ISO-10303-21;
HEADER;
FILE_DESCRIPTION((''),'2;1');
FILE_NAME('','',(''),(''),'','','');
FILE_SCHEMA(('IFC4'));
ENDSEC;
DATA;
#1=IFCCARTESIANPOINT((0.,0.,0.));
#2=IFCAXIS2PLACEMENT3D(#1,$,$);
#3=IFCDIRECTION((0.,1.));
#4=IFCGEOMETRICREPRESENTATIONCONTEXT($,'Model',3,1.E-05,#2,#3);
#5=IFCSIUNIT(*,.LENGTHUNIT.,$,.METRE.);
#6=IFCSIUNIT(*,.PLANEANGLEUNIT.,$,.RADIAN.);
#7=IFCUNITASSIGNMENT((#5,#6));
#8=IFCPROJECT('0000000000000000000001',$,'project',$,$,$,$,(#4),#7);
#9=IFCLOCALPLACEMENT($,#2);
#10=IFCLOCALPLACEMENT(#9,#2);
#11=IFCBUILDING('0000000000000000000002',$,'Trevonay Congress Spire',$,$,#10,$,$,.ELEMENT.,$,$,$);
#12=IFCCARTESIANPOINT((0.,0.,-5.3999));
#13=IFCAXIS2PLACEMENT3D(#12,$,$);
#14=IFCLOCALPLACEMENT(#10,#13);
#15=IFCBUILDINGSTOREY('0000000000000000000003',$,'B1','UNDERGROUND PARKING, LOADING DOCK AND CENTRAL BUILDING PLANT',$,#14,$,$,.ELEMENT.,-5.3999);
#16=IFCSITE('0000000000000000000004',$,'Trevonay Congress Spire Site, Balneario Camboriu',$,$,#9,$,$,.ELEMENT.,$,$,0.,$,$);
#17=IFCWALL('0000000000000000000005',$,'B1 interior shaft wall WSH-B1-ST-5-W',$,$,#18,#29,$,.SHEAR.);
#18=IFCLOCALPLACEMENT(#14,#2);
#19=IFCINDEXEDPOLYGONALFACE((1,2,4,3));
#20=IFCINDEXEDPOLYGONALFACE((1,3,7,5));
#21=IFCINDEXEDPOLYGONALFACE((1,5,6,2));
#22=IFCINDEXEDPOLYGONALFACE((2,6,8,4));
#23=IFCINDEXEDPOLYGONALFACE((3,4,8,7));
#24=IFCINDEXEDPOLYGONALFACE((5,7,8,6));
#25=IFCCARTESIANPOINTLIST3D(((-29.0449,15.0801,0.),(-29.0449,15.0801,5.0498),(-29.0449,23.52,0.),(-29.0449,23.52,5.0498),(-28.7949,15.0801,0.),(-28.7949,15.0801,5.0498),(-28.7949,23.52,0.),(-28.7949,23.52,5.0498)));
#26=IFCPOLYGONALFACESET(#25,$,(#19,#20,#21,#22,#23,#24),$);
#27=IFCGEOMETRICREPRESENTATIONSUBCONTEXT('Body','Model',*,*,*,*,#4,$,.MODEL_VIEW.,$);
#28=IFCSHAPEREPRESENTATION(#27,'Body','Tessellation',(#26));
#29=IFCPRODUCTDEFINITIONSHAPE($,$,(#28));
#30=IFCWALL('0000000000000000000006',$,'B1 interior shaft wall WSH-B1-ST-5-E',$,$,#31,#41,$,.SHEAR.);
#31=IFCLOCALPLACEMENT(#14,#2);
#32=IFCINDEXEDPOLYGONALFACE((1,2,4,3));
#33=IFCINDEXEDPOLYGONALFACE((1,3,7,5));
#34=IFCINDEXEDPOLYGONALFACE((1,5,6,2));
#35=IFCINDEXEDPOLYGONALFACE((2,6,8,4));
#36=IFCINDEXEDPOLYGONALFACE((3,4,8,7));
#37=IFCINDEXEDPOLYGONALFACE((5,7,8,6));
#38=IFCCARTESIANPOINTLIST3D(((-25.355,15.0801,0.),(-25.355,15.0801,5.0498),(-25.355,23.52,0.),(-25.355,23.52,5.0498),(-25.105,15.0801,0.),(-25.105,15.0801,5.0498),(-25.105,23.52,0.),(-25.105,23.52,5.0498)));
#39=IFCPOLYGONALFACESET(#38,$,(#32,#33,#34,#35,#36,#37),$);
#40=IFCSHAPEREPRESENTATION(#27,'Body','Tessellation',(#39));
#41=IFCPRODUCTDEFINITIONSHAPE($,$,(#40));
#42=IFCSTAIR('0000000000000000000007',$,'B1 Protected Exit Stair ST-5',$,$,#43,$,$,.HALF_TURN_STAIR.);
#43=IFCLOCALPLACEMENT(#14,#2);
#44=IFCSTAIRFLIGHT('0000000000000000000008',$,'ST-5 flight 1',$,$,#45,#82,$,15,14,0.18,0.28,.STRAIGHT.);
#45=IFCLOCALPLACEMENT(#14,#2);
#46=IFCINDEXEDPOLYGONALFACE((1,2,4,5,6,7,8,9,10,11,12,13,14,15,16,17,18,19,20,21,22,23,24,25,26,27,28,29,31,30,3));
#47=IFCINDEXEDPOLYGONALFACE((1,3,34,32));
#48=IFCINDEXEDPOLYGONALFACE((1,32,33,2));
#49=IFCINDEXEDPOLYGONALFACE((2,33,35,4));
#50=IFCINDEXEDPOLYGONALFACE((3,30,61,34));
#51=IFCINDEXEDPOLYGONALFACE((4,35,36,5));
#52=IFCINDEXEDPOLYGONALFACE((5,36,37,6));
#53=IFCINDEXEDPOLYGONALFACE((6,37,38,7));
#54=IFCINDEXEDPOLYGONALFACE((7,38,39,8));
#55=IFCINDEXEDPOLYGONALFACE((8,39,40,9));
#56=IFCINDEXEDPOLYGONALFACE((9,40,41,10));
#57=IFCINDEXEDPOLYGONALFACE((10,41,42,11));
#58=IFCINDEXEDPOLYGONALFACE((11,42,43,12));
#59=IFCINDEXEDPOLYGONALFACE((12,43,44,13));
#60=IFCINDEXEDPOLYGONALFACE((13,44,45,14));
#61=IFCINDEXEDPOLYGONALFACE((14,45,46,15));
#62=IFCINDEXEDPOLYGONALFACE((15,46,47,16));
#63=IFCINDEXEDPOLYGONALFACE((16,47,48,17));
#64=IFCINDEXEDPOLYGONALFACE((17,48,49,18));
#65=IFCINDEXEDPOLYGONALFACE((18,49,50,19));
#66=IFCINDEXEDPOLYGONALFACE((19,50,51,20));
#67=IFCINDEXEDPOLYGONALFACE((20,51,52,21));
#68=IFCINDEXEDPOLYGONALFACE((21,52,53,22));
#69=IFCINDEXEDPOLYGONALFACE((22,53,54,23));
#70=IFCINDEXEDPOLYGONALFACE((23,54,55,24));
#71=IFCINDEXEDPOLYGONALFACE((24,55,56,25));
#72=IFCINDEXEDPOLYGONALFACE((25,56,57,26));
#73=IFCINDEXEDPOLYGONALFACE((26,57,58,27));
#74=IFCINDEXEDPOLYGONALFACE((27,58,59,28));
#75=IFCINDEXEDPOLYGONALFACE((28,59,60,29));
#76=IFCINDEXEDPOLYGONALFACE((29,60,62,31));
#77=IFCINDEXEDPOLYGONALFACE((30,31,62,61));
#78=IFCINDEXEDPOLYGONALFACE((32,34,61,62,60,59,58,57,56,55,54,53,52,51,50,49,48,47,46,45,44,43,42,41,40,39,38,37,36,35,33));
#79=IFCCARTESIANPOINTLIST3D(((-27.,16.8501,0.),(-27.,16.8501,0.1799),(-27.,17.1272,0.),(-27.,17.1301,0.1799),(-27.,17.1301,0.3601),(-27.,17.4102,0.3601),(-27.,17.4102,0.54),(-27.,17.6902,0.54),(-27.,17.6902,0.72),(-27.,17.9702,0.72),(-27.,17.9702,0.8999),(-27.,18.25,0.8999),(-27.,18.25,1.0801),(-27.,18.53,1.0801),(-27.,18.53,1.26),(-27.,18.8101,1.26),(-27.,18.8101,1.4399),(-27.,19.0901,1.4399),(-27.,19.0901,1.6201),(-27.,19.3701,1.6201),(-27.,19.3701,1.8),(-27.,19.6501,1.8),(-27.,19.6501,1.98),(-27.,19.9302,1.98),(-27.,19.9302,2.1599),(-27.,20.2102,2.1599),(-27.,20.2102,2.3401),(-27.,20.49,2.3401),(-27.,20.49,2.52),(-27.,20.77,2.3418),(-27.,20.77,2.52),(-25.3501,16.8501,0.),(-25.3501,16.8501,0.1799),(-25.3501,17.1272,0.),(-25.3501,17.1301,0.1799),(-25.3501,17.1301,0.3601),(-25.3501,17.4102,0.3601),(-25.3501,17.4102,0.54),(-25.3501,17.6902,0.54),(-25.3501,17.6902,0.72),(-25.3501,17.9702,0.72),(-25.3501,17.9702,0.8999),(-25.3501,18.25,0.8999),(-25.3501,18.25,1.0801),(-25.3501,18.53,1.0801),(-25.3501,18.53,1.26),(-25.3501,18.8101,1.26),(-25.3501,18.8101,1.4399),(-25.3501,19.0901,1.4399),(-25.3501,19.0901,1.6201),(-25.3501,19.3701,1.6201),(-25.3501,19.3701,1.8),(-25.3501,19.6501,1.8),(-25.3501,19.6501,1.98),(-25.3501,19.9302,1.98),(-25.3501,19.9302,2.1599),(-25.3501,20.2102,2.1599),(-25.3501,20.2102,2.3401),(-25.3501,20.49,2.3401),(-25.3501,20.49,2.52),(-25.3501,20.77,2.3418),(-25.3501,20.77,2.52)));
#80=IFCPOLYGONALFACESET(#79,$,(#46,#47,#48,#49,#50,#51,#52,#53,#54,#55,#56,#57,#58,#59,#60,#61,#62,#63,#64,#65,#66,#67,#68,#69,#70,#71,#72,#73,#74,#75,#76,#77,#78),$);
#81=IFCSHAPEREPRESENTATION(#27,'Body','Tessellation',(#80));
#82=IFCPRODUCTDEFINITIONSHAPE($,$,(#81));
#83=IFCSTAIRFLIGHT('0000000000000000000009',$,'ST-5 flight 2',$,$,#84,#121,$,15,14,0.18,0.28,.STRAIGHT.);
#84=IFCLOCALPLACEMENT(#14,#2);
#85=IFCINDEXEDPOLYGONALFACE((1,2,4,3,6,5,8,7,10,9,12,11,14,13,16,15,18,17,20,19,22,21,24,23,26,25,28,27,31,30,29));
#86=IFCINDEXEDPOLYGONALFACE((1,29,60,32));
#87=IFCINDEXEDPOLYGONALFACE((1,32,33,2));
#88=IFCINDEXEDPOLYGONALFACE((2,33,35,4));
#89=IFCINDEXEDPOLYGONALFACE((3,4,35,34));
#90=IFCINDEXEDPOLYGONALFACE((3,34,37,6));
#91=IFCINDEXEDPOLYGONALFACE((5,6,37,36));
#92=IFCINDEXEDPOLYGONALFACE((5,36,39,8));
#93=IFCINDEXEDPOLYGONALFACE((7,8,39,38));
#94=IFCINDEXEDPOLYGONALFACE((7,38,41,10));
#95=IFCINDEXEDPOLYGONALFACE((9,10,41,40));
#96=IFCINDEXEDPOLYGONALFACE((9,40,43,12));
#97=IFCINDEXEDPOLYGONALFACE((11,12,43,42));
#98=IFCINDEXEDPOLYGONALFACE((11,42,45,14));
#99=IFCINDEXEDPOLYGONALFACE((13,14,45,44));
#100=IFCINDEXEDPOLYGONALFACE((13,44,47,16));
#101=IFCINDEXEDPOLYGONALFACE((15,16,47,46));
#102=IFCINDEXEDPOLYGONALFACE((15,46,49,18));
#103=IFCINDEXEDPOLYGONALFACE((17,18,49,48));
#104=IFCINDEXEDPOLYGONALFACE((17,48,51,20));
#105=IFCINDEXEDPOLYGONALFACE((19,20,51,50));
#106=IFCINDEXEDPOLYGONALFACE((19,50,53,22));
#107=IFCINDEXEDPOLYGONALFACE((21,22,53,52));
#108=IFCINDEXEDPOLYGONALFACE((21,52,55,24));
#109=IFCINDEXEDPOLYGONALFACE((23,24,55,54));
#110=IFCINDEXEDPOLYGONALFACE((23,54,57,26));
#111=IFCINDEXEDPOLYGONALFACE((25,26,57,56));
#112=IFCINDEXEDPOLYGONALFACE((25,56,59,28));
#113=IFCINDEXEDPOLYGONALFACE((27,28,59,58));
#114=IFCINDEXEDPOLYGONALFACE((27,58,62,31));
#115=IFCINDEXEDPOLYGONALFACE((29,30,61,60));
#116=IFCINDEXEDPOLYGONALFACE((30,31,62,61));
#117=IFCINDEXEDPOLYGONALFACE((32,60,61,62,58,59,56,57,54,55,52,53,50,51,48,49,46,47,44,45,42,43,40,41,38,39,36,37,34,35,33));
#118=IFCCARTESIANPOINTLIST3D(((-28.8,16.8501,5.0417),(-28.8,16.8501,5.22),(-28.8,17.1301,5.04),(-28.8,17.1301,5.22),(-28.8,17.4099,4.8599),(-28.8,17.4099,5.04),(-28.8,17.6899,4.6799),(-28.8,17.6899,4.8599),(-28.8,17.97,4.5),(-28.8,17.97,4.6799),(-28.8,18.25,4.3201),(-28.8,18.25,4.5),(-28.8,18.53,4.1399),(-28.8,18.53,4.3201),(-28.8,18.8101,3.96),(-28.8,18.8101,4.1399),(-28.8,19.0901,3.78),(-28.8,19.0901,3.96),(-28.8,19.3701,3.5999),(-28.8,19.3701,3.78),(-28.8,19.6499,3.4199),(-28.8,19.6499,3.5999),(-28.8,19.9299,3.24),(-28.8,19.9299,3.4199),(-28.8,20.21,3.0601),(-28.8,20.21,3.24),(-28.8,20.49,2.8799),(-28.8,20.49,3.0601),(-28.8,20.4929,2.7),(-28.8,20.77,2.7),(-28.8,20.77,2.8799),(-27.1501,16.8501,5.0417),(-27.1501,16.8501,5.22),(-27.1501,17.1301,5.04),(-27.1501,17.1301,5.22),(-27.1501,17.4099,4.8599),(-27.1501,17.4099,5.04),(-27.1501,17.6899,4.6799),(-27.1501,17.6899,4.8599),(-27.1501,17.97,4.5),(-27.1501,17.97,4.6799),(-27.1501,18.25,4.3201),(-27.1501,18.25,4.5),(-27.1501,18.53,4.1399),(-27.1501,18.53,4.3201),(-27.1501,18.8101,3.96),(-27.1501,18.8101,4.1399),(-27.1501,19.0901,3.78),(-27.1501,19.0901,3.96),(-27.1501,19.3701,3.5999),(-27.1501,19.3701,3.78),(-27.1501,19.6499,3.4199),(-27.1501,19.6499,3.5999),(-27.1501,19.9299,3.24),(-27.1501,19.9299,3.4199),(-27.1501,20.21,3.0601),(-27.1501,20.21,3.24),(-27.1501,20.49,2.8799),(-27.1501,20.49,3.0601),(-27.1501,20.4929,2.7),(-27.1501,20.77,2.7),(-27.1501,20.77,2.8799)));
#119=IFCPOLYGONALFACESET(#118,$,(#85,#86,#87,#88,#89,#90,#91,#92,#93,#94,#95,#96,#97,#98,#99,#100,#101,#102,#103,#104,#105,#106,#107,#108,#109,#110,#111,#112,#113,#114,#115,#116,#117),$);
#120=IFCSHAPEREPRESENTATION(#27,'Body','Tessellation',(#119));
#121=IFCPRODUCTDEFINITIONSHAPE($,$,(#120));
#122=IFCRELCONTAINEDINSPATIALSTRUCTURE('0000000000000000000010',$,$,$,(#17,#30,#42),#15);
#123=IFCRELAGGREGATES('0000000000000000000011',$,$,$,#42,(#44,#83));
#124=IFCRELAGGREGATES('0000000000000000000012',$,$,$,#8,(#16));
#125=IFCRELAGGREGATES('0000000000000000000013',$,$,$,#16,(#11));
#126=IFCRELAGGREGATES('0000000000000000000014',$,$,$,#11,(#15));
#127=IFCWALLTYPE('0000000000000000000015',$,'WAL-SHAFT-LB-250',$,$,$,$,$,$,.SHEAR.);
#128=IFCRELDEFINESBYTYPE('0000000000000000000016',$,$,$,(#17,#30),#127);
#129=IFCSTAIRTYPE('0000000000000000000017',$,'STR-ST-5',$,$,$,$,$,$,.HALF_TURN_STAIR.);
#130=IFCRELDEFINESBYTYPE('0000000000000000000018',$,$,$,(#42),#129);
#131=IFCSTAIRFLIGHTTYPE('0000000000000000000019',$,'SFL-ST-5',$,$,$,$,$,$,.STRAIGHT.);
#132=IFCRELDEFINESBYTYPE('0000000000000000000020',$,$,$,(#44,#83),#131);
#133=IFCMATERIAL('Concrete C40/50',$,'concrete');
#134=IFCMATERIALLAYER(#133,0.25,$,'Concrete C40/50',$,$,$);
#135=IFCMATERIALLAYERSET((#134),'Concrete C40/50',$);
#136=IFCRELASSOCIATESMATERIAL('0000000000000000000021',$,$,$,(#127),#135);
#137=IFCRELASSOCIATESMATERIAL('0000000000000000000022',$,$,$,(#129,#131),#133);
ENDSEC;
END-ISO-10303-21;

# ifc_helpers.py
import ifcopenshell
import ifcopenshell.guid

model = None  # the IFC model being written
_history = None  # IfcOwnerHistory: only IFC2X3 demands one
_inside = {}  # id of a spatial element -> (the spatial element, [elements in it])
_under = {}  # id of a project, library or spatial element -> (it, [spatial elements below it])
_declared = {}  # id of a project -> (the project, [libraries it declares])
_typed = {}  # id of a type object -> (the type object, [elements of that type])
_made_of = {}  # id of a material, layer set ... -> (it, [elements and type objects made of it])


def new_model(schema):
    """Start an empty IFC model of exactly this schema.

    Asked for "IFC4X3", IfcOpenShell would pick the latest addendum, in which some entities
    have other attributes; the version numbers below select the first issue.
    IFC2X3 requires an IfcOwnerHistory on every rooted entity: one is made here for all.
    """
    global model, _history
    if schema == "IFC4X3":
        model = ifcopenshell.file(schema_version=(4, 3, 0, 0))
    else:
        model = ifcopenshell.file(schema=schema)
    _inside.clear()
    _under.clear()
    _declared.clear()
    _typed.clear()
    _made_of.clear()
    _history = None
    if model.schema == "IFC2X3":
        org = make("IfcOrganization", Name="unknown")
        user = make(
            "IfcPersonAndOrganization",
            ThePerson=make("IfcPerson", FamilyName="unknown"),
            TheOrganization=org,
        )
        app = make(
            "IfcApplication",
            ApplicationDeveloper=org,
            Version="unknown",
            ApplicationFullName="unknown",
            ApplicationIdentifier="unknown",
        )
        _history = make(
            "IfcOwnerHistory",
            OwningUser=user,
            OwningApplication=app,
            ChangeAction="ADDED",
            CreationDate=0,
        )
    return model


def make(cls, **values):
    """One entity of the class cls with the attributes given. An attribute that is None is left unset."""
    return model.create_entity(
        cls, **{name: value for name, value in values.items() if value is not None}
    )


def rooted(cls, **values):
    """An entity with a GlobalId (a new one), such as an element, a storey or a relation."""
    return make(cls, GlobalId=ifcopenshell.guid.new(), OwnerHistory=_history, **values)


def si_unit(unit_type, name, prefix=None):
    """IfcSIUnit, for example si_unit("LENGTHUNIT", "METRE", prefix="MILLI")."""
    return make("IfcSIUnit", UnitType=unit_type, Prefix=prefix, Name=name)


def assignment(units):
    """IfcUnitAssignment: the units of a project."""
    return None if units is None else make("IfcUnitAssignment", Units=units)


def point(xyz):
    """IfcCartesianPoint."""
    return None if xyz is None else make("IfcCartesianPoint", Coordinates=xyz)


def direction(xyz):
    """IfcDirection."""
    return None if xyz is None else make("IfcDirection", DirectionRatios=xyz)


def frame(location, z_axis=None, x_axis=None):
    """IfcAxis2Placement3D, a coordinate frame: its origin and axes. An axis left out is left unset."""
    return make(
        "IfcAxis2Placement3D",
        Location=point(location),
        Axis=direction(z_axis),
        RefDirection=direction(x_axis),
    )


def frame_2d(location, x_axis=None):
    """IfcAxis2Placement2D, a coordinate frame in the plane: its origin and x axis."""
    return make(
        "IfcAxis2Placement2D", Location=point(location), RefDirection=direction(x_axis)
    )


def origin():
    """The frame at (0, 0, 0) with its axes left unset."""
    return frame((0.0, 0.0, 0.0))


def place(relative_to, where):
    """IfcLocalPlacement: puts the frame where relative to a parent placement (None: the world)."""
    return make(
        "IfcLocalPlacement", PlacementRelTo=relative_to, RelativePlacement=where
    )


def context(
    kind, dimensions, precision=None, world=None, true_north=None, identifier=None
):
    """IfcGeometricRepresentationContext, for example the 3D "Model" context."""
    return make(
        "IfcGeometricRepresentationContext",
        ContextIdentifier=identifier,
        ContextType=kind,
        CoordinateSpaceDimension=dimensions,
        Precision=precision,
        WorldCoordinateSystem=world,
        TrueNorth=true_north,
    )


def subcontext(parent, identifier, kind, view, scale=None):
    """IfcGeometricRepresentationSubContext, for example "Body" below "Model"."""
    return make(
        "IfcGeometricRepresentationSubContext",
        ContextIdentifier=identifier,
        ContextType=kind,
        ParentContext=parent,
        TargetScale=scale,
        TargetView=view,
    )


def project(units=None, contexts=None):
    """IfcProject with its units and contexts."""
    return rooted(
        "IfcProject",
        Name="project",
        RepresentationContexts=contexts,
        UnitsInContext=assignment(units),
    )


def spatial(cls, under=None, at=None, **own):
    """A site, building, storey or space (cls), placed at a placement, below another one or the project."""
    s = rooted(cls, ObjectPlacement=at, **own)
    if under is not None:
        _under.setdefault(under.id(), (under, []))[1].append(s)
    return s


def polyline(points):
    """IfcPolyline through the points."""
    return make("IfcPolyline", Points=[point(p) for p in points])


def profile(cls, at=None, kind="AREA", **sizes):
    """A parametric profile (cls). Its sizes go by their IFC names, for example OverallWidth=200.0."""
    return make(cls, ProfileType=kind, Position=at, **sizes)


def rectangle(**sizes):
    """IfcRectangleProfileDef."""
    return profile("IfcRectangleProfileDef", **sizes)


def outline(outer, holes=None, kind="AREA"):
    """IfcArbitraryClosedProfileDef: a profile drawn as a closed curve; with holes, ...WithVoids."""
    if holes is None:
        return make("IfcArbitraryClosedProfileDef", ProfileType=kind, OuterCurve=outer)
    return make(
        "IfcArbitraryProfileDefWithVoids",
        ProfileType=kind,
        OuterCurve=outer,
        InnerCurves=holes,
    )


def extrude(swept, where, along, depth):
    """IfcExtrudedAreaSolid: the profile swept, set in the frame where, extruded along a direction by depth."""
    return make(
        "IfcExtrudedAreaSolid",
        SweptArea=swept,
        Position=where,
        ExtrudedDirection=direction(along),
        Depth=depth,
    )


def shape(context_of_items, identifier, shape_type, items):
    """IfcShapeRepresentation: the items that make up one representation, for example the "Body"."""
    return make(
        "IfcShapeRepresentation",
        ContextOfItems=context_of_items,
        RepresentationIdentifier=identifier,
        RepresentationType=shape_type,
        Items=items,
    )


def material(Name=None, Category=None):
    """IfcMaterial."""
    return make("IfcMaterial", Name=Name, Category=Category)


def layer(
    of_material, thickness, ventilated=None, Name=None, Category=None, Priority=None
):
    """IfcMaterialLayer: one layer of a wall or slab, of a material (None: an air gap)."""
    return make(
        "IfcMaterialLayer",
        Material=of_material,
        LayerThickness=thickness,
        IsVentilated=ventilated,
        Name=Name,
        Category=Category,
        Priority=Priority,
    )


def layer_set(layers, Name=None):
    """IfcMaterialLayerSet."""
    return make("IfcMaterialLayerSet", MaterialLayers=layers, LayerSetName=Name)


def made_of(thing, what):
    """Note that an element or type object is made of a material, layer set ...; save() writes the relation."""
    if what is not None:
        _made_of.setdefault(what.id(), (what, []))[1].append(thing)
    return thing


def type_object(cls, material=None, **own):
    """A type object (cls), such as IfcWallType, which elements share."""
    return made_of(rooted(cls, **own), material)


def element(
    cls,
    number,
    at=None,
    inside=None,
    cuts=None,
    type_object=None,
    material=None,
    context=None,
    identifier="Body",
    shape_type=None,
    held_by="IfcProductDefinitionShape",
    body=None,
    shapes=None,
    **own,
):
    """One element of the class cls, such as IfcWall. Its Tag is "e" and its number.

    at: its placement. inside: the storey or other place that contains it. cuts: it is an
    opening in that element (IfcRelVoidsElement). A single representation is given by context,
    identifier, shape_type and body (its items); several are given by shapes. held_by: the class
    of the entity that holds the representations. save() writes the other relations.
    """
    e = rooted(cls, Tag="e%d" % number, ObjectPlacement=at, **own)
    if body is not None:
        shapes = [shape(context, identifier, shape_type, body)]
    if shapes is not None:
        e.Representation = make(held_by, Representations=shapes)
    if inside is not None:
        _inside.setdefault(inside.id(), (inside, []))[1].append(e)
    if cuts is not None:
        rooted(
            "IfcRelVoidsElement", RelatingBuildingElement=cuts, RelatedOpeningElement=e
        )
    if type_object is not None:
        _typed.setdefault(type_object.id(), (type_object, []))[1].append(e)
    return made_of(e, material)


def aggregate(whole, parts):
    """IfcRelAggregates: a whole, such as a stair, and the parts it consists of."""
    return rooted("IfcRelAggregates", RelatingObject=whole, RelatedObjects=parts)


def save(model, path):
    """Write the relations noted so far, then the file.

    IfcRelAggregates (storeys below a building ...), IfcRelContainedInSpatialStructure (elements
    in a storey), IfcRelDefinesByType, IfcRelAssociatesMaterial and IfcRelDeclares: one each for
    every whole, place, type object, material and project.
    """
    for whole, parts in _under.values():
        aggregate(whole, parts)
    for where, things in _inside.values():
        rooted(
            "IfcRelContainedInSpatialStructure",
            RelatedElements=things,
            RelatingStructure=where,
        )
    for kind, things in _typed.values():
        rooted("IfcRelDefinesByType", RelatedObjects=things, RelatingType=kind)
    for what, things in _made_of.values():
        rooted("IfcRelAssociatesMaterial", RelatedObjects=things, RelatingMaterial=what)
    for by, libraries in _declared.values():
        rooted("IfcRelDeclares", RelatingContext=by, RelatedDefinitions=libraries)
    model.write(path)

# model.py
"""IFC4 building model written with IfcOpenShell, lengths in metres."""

from ifc_helpers import new_model, si_unit, direction, frame, frame_2d, origin, place, context, subcontext, project, spatial, polyline, rectangle, outline, extrude, material, layer, layer_set, type_object, element, aggregate, save


model = new_model("IFC4")

# Units and contexts
model_context = context("Model", 3, precision=1e-05, world=origin(), true_north=direction((0.0, 1.0)))
body_context = subcontext(model_context, "Body", "Model", "MODEL_VIEW")
ifc_project = project(units=[si_unit("LENGTHUNIT", "METRE"), si_unit("PLANEANGLEUNIT", "RADIAN")], contexts=[model_context])

# Site, building, storey
site_placement = place(None, origin())
site = spatial("IfcSite", under=ifc_project, at=site_placement, Name="Trevonay Congress Spire Site, Balneario Camboriu", CompositionType="ELEMENT", RefElevation=0.0)
building_placement = place(site_placement, origin())
building = spatial("IfcBuilding", under=site, at=building_placement, Name="Trevonay Congress Spire", CompositionType="ELEMENT")
storey_placement = place(building_placement, frame((0.0, 0.0, -5.3999)))
storey = spatial("IfcBuildingStorey", under=building, at=storey_placement, Name="B1", Description="UNDERGROUND PARKING, LOADING DOCK AND CENTRAL BUILDING PLANT", CompositionType="ELEMENT", Elevation=-5.3999)

# Shared definitions
ifc_material_1 = material(Name="Concrete C40/50", Category="concrete")
ifc_layer_1 = layer(ifc_material_1, 0.25, Name="Concrete C40/50")
ifc_layer_set_1 = layer_set([ifc_layer_1], Name="Concrete C40/50")
wall_type_1 = type_object("IfcWallType", Name="WAL-SHAFT-LB-250", PredefinedType="SHEAR", material=ifc_layer_set_1)

# Walls
for number, where, z_axis, x_axis, name in (
    (1, (-28.9199, 15.0801, 0.0), (0.0, 0.0, 1.0), (0.0, 1.0, 0.0), "B1 interior shaft wall WSH-B1-ST-5-W"),
    (2, (-25.23, 15.0801, 0.0), (0.0, 0.0, 1.0), (0.0, 1.0, 0.0), "B1 interior shaft wall WSH-B1-ST-5-E"),
):
    element("IfcWall", number, at=place(storey_placement, frame(where, z_axis=z_axis, x_axis=x_axis)), inside=storey, type_object=wall_type_1, Name=name, PredefinedType="SHEAR", context=body_context, shape_type="SweptSolid", body=[
        extrude(rectangle(XDim=8.4399, YDim=0.25, at=frame_2d((4.22, 0.0))), origin(), (0.0, 0.0, 1.0), 5.0498),
    ])

# Stair, stair flights
stair_type = type_object("IfcStairType", Name="STR-ST-5", PredefinedType="HALF_TURN_STAIR", material=ifc_material_1)
stair_placement = place(storey_placement, origin())
stair = element("IfcStair", 3, at=stair_placement, inside=storey, type_object=stair_type, Name="B1 Protected Exit Stair ST-5", PredefinedType="HALF_TURN_STAIR")
stair_flight_type = type_object("IfcStairFlightType", Name="SFL-ST-5", PredefinedType="STRAIGHT", material=ifc_material_1)
stair_flight_1_placement = place(storey_placement, frame((-26.175, 16.8501, 0.0), z_axis=(0.0, 0.0, 1.0), x_axis=(0.0, 1.0, 0.0)))
stair_flight_1 = element("IfcStairFlight", 4, at=stair_flight_1_placement, type_object=stair_flight_type, Name="ST-5 flight 1", NumberOfRisers=15, NumberOfTreads=14, PredefinedType="STRAIGHT", RiserHeight=0.18, TreadLength=0.28, context=body_context, shape_type="SweptSolid", body=[
    extrude(outline(polyline([(0.0, 0.0), (0.0, 0.1799), (0.28, 0.1799), (0.28, 0.3601), (0.5601, 0.3601), (0.5601, 0.54), (0.8401, 0.54), (0.8401, 0.72), (1.1201, 0.72), (1.1201, 0.8999), (1.3999, 0.8999), (1.3999, 1.0801), (1.6799, 1.0801), (1.6799, 1.26), (1.96, 1.26), (1.96, 1.4399), (2.24, 1.4399), (2.24, 1.6201), (2.52, 1.6201), (2.52, 1.8), (2.8, 1.8), (2.8, 1.98), (3.0801, 1.98), (3.0801, 2.1599), (3.3601, 2.1599), (3.3601, 2.3401), (3.6399, 2.3401), (3.6399, 2.52), (3.9199, 2.52), (3.9199, 2.7), (3.9199, 2.3418), (0.2771, 0.0), (0.0, 0.0)])), frame((0.0, 0.825, 0.0), z_axis=(0.0, -1.0, 0.0), x_axis=(1.0, 0.0, 0.0)), (0.0, 0.0, 1.0), 1.6499),
])
stair_flight_2_placement = place(storey_placement, frame((-27.9751, 20.77, 2.7), z_axis=(0.0, 0.0, 1.0), x_axis=(0.0, -1.0, 0.0)))
stair_flight_2 = element("IfcStairFlight", 5, at=stair_flight_2_placement, type_object=stair_flight_type, Name="ST-5 flight 2", NumberOfRisers=15, NumberOfTreads=14, PredefinedType="STRAIGHT", RiserHeight=0.18, TreadLength=0.28, context=body_context, shape_type="SweptSolid", body=[
    extrude(outline(polyline([(0.0, 0.0), (0.0, 0.1799), (0.28, 0.1799), (0.28, 0.3601), (0.5601, 0.3601), (0.5601, 0.54), (0.8401, 0.54), (0.8401, 0.72), (1.1201, 0.72), (1.1201, 0.8999), (1.3999, 0.8999), (1.3999, 1.0801), (1.6799, 1.0801), (1.6799, 1.26), (1.96, 1.26), (1.96, 1.4399), (2.24, 1.4399), (2.24, 1.6201), (2.52, 1.6201), (2.52, 1.8), (2.8, 1.8), (2.8, 1.98), (3.0801, 1.98), (3.0801, 2.1599), (3.3601, 2.1599), (3.3601, 2.3401), (3.6399, 2.3401), (3.6399, 2.52), (3.9199, 2.52), (3.9199, 2.7), (3.9199, 2.3418), (0.2771, 0.0), (0.0, 0.0)])), frame((0.0, 0.825, 0.0), z_axis=(0.0, -1.0, 0.0), x_axis=(1.0, 0.0, 0.0)), (0.0, 0.0, 1.0), 1.6499),
])
aggregate(stair, [stair_flight_1, stair_flight_2])

save(model, "model.ifc")
